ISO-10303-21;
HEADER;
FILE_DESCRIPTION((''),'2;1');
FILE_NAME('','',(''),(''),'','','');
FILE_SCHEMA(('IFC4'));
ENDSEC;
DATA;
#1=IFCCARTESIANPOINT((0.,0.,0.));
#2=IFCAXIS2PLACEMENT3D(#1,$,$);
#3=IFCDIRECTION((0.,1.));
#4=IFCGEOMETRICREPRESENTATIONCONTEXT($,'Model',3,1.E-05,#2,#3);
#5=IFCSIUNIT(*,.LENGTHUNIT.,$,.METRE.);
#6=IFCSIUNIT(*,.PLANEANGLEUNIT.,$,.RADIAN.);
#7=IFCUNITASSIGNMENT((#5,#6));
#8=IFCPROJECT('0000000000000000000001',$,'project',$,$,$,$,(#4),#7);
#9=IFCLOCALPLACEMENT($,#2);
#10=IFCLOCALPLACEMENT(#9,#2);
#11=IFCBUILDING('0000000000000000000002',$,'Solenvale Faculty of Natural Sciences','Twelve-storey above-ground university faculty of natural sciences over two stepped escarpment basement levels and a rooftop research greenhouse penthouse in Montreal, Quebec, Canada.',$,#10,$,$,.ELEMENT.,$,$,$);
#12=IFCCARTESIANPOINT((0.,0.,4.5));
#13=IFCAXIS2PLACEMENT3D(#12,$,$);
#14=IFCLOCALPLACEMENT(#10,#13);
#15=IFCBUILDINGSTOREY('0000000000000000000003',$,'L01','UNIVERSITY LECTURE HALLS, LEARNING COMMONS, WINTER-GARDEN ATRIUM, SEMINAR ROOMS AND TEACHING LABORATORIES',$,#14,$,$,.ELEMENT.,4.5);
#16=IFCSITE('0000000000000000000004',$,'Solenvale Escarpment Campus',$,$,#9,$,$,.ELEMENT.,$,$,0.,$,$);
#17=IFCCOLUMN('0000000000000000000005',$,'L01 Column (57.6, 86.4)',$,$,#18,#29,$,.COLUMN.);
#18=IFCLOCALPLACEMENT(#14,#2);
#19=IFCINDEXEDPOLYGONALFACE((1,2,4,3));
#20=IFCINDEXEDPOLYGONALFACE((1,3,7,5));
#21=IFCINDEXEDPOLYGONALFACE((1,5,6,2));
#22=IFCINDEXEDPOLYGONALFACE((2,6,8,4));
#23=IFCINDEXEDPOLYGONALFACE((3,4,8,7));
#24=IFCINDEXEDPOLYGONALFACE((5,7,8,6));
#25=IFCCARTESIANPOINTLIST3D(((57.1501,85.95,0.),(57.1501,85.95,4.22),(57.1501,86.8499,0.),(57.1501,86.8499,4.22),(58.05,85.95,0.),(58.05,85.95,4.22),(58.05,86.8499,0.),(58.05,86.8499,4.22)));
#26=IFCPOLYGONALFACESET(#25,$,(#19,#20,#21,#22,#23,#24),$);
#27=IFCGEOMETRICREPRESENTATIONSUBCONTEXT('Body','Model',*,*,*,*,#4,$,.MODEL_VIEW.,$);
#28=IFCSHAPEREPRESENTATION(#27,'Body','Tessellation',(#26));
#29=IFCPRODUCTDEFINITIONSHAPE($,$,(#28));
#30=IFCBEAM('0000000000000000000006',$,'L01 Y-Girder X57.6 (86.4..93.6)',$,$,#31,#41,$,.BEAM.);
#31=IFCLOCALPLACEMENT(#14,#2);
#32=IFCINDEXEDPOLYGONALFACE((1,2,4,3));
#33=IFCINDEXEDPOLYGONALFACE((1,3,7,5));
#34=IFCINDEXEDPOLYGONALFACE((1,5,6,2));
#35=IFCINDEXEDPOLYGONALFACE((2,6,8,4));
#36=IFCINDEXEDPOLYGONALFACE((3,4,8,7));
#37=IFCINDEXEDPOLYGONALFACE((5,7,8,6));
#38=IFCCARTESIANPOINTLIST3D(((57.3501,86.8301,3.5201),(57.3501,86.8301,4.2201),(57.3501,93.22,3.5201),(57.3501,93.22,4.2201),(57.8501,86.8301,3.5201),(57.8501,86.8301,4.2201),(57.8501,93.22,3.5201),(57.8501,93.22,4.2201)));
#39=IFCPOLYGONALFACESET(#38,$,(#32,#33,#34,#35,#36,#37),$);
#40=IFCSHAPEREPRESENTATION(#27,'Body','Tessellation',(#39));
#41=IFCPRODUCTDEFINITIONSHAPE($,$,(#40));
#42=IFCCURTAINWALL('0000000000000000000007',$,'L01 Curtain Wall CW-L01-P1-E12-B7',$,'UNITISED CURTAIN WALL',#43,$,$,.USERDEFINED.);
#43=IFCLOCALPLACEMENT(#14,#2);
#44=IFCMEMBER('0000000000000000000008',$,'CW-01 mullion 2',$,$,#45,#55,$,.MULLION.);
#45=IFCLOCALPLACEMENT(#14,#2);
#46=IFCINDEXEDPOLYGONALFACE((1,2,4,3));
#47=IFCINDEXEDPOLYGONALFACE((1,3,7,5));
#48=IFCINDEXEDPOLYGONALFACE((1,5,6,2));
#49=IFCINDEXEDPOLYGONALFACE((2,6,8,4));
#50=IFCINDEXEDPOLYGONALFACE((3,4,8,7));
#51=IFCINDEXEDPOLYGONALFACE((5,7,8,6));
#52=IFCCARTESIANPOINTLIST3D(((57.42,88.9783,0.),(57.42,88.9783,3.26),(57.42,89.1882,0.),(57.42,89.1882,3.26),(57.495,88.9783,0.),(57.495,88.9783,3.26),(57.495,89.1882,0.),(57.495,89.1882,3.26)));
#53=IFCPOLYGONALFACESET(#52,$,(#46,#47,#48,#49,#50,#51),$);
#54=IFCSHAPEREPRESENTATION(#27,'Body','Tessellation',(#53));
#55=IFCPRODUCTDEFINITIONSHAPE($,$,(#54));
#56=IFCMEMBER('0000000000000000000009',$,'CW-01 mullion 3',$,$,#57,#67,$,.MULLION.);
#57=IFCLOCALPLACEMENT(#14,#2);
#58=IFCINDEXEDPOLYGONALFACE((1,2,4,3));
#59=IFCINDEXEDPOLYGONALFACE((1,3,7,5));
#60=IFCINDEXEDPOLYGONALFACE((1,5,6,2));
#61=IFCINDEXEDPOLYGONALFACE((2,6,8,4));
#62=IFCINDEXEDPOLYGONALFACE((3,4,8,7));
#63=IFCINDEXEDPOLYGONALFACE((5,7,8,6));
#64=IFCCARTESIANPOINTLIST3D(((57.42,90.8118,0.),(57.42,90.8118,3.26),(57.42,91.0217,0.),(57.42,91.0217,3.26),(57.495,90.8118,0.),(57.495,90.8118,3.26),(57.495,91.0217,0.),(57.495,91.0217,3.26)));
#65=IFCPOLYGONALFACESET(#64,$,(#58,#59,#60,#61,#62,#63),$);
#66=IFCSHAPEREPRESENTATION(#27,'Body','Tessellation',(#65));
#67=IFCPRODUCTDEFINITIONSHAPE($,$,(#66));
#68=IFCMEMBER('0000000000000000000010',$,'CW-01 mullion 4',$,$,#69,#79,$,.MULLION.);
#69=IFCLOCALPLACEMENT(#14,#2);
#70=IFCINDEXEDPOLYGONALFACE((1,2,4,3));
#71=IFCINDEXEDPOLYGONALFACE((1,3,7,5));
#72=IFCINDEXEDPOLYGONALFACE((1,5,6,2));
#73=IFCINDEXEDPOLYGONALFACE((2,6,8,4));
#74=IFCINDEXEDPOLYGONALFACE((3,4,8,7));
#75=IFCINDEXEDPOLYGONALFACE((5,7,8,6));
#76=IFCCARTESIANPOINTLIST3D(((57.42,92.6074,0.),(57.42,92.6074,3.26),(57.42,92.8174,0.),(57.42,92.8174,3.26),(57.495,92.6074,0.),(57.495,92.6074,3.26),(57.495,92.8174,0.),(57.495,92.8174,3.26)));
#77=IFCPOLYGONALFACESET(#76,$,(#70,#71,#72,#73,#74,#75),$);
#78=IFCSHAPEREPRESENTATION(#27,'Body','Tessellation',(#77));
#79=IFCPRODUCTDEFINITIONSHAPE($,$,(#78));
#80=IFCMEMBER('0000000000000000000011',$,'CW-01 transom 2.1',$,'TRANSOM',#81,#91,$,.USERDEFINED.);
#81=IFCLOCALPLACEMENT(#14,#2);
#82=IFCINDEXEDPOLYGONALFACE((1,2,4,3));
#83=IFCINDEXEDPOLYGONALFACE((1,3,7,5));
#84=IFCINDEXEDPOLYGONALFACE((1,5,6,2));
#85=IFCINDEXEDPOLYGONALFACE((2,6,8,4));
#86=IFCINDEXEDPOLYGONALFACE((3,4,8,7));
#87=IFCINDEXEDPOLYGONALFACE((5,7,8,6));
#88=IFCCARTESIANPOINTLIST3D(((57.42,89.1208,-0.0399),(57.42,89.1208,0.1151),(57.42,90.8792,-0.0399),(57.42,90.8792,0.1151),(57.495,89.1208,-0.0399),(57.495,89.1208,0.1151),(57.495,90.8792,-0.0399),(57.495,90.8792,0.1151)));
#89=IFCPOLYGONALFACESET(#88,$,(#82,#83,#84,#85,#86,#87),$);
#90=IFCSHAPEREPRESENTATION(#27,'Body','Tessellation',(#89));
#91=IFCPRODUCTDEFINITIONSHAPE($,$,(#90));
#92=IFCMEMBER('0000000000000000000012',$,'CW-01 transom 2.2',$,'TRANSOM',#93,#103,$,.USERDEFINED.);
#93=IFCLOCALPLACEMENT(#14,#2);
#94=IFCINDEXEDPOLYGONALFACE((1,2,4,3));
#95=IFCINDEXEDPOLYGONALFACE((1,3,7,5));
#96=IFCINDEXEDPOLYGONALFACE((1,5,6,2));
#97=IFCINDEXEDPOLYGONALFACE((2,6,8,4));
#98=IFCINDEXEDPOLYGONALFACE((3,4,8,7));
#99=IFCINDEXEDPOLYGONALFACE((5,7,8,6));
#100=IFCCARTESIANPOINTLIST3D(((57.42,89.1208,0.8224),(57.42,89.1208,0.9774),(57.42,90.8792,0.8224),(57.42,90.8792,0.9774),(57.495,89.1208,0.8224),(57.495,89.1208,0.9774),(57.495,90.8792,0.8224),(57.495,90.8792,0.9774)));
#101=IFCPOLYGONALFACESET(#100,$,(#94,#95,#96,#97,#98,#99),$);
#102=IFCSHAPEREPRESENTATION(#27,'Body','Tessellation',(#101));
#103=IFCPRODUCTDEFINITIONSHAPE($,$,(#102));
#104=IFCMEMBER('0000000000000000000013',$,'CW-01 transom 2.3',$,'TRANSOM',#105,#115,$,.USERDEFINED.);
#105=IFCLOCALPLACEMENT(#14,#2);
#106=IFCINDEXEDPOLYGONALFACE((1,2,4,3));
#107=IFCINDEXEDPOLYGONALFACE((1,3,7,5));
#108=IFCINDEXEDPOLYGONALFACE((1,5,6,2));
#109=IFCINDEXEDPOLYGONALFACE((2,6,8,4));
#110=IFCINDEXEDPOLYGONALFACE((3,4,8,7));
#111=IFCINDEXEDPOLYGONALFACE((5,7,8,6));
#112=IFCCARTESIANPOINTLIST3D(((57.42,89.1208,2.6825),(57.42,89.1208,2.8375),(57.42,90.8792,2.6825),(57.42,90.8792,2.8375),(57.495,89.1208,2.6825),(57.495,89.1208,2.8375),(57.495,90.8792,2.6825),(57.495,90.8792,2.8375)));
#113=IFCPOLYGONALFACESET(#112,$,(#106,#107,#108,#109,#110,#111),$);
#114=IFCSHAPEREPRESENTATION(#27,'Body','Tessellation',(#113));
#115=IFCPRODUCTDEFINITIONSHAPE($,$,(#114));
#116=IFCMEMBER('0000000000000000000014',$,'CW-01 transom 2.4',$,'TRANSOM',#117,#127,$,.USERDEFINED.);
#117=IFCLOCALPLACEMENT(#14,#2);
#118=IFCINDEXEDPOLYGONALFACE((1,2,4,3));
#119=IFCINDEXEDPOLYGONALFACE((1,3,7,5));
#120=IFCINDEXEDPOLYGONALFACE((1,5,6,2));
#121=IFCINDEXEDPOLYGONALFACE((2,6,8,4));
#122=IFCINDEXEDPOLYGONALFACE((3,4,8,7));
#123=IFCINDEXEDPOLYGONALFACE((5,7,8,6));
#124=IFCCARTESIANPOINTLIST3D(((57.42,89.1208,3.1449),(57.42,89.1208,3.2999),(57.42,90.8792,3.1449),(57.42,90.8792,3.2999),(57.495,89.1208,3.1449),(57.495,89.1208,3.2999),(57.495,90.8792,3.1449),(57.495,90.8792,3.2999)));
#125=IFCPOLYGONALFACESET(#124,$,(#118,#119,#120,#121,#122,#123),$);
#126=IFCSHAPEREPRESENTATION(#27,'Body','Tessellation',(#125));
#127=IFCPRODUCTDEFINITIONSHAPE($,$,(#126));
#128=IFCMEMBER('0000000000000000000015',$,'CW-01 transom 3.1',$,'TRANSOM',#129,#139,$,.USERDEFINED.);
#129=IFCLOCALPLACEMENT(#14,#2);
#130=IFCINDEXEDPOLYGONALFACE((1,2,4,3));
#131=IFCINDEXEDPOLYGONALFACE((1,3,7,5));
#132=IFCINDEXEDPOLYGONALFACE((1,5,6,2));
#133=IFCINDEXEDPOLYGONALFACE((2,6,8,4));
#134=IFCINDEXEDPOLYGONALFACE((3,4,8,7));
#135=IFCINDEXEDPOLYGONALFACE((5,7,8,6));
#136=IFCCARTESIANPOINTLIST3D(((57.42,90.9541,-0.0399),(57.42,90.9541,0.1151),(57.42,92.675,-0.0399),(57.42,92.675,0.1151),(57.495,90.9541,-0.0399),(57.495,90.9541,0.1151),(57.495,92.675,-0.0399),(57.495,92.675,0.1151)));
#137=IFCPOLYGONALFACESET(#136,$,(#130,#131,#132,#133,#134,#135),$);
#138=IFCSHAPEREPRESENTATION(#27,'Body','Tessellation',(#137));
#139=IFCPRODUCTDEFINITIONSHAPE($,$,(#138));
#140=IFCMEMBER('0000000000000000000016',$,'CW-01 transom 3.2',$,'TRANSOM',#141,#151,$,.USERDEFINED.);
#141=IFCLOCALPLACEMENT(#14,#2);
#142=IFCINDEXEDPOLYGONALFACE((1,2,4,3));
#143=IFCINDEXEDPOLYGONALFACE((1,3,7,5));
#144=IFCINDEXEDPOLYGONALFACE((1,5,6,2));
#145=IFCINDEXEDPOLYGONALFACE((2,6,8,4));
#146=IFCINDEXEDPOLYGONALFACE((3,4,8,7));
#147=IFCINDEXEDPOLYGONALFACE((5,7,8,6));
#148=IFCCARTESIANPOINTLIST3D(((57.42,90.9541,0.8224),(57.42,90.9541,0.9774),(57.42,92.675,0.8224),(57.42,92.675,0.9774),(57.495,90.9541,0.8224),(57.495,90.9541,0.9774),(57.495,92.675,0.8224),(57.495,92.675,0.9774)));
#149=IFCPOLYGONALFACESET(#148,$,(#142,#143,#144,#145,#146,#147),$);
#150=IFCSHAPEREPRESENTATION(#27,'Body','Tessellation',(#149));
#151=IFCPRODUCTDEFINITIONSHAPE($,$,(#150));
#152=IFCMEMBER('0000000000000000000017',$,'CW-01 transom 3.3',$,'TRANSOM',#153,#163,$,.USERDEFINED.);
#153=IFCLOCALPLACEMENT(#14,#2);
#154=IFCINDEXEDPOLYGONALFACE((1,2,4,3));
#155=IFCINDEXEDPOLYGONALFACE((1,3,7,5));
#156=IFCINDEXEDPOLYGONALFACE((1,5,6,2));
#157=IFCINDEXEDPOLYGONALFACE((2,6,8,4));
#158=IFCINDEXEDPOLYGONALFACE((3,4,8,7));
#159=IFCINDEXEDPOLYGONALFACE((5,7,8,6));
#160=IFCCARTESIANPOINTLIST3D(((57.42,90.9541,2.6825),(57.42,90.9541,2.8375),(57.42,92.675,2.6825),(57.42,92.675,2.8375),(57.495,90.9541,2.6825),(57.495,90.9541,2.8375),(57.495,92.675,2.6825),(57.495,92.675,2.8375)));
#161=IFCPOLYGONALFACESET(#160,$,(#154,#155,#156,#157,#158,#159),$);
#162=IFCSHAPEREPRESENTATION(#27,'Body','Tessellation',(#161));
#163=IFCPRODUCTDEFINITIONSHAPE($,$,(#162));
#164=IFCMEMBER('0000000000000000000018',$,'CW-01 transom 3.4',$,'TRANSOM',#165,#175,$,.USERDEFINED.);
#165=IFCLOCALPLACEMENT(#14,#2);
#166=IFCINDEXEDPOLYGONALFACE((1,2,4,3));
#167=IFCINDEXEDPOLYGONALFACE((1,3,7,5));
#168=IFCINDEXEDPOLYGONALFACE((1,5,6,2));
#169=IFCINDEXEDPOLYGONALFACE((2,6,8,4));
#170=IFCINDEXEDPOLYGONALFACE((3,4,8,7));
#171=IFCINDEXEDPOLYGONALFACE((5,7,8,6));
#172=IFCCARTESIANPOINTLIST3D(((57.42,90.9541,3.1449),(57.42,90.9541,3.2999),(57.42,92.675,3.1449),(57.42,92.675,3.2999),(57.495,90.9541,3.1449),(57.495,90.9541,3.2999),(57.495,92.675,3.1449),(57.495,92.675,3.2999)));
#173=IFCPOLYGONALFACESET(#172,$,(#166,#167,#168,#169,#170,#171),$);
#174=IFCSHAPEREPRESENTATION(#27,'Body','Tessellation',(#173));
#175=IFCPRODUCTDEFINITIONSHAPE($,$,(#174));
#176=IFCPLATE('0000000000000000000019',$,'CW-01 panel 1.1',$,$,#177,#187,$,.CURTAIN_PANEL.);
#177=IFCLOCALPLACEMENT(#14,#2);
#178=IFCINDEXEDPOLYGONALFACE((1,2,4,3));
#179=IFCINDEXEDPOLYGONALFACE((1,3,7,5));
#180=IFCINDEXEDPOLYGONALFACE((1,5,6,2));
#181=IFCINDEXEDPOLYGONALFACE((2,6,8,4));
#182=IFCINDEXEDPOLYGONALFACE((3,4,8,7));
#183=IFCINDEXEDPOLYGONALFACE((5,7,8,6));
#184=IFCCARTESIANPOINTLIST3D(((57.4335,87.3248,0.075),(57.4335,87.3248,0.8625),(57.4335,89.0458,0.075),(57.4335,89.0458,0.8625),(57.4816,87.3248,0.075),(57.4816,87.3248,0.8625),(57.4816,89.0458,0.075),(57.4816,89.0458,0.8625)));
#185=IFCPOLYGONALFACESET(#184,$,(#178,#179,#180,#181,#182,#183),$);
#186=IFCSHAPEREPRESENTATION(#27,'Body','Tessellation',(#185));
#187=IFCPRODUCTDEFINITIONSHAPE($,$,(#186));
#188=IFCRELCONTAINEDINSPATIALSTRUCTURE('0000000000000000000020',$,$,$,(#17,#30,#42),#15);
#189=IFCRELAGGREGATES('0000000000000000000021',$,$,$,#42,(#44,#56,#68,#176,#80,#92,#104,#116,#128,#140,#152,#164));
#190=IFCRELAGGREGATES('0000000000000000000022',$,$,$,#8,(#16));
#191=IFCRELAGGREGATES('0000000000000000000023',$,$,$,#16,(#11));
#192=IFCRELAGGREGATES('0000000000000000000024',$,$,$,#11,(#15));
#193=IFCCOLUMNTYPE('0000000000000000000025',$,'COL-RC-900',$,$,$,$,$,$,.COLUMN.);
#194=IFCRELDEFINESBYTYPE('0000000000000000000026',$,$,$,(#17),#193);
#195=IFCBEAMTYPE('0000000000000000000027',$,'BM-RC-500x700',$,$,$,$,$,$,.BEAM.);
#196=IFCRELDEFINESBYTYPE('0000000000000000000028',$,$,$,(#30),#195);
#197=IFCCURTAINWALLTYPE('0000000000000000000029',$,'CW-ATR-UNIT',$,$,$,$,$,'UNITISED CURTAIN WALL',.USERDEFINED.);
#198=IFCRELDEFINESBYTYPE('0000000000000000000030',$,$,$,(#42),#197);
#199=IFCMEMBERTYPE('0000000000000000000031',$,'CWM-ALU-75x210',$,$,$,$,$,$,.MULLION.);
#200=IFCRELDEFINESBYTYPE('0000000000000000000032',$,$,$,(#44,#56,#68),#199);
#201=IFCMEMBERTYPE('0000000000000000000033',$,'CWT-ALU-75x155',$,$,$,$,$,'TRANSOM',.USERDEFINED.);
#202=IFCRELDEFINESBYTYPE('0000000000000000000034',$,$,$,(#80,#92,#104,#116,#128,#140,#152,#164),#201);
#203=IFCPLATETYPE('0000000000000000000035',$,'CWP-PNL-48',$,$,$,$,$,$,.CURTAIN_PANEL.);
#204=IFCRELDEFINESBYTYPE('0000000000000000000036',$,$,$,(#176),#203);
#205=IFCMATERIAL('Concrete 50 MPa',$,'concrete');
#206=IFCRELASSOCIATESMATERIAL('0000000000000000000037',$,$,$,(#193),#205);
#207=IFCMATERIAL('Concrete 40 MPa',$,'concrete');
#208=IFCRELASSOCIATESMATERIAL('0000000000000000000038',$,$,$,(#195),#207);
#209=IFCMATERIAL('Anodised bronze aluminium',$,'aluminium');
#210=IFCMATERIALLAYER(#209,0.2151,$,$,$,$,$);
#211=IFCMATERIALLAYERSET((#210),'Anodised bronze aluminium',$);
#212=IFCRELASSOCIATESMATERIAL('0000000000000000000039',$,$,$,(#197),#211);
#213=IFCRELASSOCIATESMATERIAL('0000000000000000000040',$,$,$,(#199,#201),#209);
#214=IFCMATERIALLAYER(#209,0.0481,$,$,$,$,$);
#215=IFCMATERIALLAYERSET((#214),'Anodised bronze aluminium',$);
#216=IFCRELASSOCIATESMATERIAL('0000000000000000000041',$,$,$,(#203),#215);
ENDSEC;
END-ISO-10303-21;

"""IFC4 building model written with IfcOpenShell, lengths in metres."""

from ifc_helpers import new_model, si_unit, direction, frame, origin, origin_2d, place, context, subcontext, project, spatial, rectangle, extrude, material, layer, layer_set, material_profile, profile_set, type_object, element, aggregate, save


model = new_model("IFC4")

# Units and contexts
model_context = context("Model", 3, precision=1e-05, world=origin(), true_north=direction((0.0, 1.0)))
body_context = subcontext(model_context, "Body", "Model", "MODEL_VIEW")
ifc_project = project(units=[si_unit("LENGTHUNIT", "METRE"), si_unit("PLANEANGLEUNIT", "RADIAN")], contexts=[model_context])

# Site, building, storey
site_placement = place(None, origin())
site = spatial("IfcSite", under=ifc_project, at=site_placement, Name="Solenvale Escarpment Campus", CompositionType="ELEMENT", RefElevation=0.0)
building_placement = place(site_placement, origin())
building = spatial("IfcBuilding", under=site, at=building_placement, Name="Solenvale Faculty of Natural Sciences", Description="Twelve-storey above-ground university faculty of natural sciences over two stepped escarpment basement levels and a rooftop research greenhouse penthouse in Montreal, Quebec, Canada.", CompositionType="ELEMENT")
storey_placement = place(building_placement, frame((0.0, 0.0, 4.5)))
storey = spatial("IfcBuildingStorey", under=building, at=storey_placement, Name="L01", Description="UNIVERSITY LECTURE HALLS, LEARNING COMMONS, WINTER-GARDEN ATRIUM, SEMINAR ROOMS AND TEACHING LABORATORIES", CompositionType="ELEMENT", Elevation=4.5)

# Column
ifc_material_1 = material(Name="Concrete 50 MPa", Category="concrete")
ifc_material_profile_1 = material_profile(ifc_material_1, rectangle(XDim=0.8999, YDim=0.8999, at=origin_2d()), Name="RC-COL-900x900")
ifc_profile_set_1 = profile_set([ifc_material_profile_1], Name="Concrete 50 MPa")
column_type = type_object("IfcColumnType", Name="COL-RC-900", PredefinedType="COLUMN", material=ifc_profile_set_1)
column_placement = place(storey_placement, frame((57.6001, 86.3999, 0.0), z_axis=(0.0, 0.0, 1.0), x_axis=(1.0, 0.0, 0.0)))
element("IfcColumn", 1, at=column_placement, inside=storey, type_object=column_type, Name="L01 Column (57.6, 86.4)", PredefinedType="COLUMN", context=body_context, shape_type="SweptSolid", body=[
    extrude(rectangle(XDim=0.8999, YDim=0.8999, at=origin_2d()), origin(), (0.0, 0.0, 1.0), 4.22),
])

# Beam
ifc_material_2 = material(Name="Concrete 40 MPa", Category="concrete")
ifc_material_profile_2 = material_profile(ifc_material_2, rectangle(XDim=0.5, YDim=0.7, at=origin_2d()), Name="RC-BM-500x700")
ifc_profile_set_2 = profile_set([ifc_material_profile_2], Name="Concrete 40 MPa")
beam_type = type_object("IfcBeamType", Name="BM-RC-500x700", PredefinedType="BEAM", material=ifc_profile_set_2)
beam_placement = place(storey_placement, frame((57.6001, 86.8301, 3.8701), z_axis=(0.0, 1.0, 0.0), x_axis=(-1.0, 0.0, 0.0)))
element("IfcBeam", 2, at=beam_placement, inside=storey, type_object=beam_type, Name="L01 Y-Girder X57.6 (86.4..93.6)", PredefinedType="BEAM", context=body_context, shape_type="SweptSolid", body=[
    extrude(rectangle(XDim=0.5, YDim=0.7, at=origin_2d()), origin(), (0.0, 0.0, 1.0), 6.3899),
])

# Curtain wall, members, plate
ifc_material_3 = material(Name="Anodised bronze aluminium", Category="aluminium")
ifc_layer_1 = layer(ifc_material_3, 0.2151)
ifc_layer_set_1 = layer_set([ifc_layer_1], Name="Anodised bronze aluminium")
curtain_wall_type = type_object("IfcCurtainWallType", Name="CW-ATR-UNIT", ElementType="UNITISED CURTAIN WALL", PredefinedType="USERDEFINED", material=ifc_layer_set_1)
curtain_wall_placement = place(storey_placement, origin())
curtain_wall = element("IfcCurtainWall", 3, at=curtain_wall_placement, inside=storey, type_object=curtain_wall_type, Name="L01 Curtain Wall CW-L01-P1-E12-B7", ObjectType="UNITISED CURTAIN WALL", PredefinedType="USERDEFINED")
ifc_material_profile_3 = material_profile(ifc_material_3, rectangle(XDim=0.075, YDim=0.21, at=origin_2d()), Name="ALU-MUL-75x210")
ifc_profile_set_3 = profile_set([ifc_material_profile_3], Name="Anodised bronze aluminium")
member_type_1 = type_object("IfcMemberType", Name="CWM-ALU-75x210", PredefinedType="MULLION", material=ifc_profile_set_3)
member_1_placement = place(storey_placement, frame((57.4575, 89.0833, 0.0), z_axis=(0.0, 0.0, 1.0), x_axis=(-1.0, 0.0, 0.0)))
member_1 = element("IfcMember", 4, at=member_1_placement, type_object=member_type_1, Name="CW-01 mullion 2", PredefinedType="MULLION", context=body_context, shape_type="SweptSolid", body=[
    extrude(rectangle(XDim=0.075, YDim=0.21, at=origin_2d()), origin(), (0.0, 0.0, 1.0), 3.26),
])
member_2_placement = place(storey_placement, frame((57.4575, 90.9167, 0.0), z_axis=(0.0, 0.0, 1.0), x_axis=(-1.0, 0.0, 0.0)))
member_2 = element("IfcMember", 5, at=member_2_placement, type_object=member_type_1, Name="CW-01 mullion 3", PredefinedType="MULLION", context=body_context, shape_type="SweptSolid", body=[
    extrude(rectangle(XDim=0.075, YDim=0.21, at=origin_2d()), origin(), (0.0, 0.0, 1.0), 3.26),
])
member_3_placement = place(storey_placement, frame((57.4575, 92.7124, 0.0), z_axis=(0.0, 0.0, 1.0), x_axis=(-1.0, 0.0, 0.0)))
member_3 = element("IfcMember", 6, at=member_3_placement, type_object=member_type_1, Name="CW-01 mullion 4", PredefinedType="MULLION", context=body_context, shape_type="SweptSolid", body=[
    extrude(rectangle(XDim=0.075, YDim=0.21, at=origin_2d()), origin(), (0.0, 0.0, 1.0), 3.26),
])
ifc_material_profile_4 = material_profile(ifc_material_3, rectangle(XDim=0.075, YDim=0.155, at=origin_2d()), Name="ALU-TRN-75x155")
ifc_profile_set_4 = profile_set([ifc_material_profile_4], Name="Anodised bronze aluminium")
member_type_2 = type_object("IfcMemberType", Name="CWT-ALU-75x155", ElementType="TRANSOM", PredefinedType="USERDEFINED", material=ifc_profile_set_4)
member_4_placement = place(storey_placement, frame((57.4575, 89.1208, 0.0376), z_axis=(0.0, 1.0, 0.0), x_axis=(-1.0, 0.0, 0.0)))
member_4 = element("IfcMember", 7, at=member_4_placement, type_object=member_type_2, Name="CW-01 transom 2.1", ObjectType="TRANSOM", PredefinedType="USERDEFINED", context=body_context, shape_type="SweptSolid", body=[
    extrude(rectangle(XDim=0.075, YDim=0.155, at=origin_2d()), origin(), (0.0, 0.0, 1.0), 1.7583),
])
member_5_placement = place(storey_placement, frame((57.4575, 89.1208, 0.8999), z_axis=(0.0, 1.0, 0.0), x_axis=(-1.0, 0.0, 0.0)))
member_5 = element("IfcMember", 8, at=member_5_placement, type_object=member_type_2, Name="CW-01 transom 2.2", ObjectType="TRANSOM", PredefinedType="USERDEFINED", context=body_context, shape_type="SweptSolid", body=[
    extrude(rectangle(XDim=0.075, YDim=0.155, at=origin_2d()), origin(), (0.0, 0.0, 1.0), 1.7583),
])
member_6_placement = place(storey_placement, frame((57.4575, 89.1208, 2.76), z_axis=(0.0, 1.0, 0.0), x_axis=(-1.0, 0.0, 0.0)))
member_6 = element("IfcMember", 9, at=member_6_placement, type_object=member_type_2, Name="CW-01 transom 2.3", ObjectType="TRANSOM", PredefinedType="USERDEFINED", context=body_context, shape_type="SweptSolid", body=[
    extrude(rectangle(XDim=0.075, YDim=0.155, at=origin_2d()), origin(), (0.0, 0.0, 1.0), 1.7583),
])
member_7_placement = place(storey_placement, frame((57.4575, 89.1208, 3.2224), z_axis=(0.0, 1.0, 0.0), x_axis=(-1.0, 0.0, 0.0)))
member_7 = element("IfcMember", 10, at=member_7_placement, type_object=member_type_2, Name="CW-01 transom 2.4", ObjectType="TRANSOM", PredefinedType="USERDEFINED", context=body_context, shape_type="SweptSolid", body=[
    extrude(rectangle(XDim=0.075, YDim=0.155, at=origin_2d()), origin(), (0.0, 0.0, 1.0), 1.7583),
])
member_8_placement = place(storey_placement, frame((57.4575, 90.9541, 0.0376), z_axis=(0.0, 1.0, 0.0), x_axis=(-1.0, 0.0, 0.0)))
member_8 = element("IfcMember", 11, at=member_8_placement, type_object=member_type_2, Name="CW-01 transom 3.1", ObjectType="TRANSOM", PredefinedType="USERDEFINED", context=body_context, shape_type="SweptSolid", body=[
    extrude(rectangle(XDim=0.075, YDim=0.155, at=origin_2d()), origin(), (0.0, 0.0, 1.0), 1.7209),
])
member_9_placement = place(storey_placement, frame((57.4575, 90.9541, 0.8999), z_axis=(0.0, 1.0, 0.0), x_axis=(-1.0, 0.0, 0.0)))
member_9 = element("IfcMember", 12, at=member_9_placement, type_object=member_type_2, Name="CW-01 transom 3.2", ObjectType="TRANSOM", PredefinedType="USERDEFINED", context=body_context, shape_type="SweptSolid", body=[
    extrude(rectangle(XDim=0.075, YDim=0.155, at=origin_2d()), origin(), (0.0, 0.0, 1.0), 1.7209),
])
member_10_placement = place(storey_placement, frame((57.4575, 90.9541, 2.76), z_axis=(0.0, 1.0, 0.0), x_axis=(-1.0, 0.0, 0.0)))
member_10 = element("IfcMember", 13, at=member_10_placement, type_object=member_type_2, Name="CW-01 transom 3.3", ObjectType="TRANSOM", PredefinedType="USERDEFINED", context=body_context, shape_type="SweptSolid", body=[
    extrude(rectangle(XDim=0.075, YDim=0.155, at=origin_2d()), origin(), (0.0, 0.0, 1.0), 1.7209),
])
member_11_placement = place(storey_placement, frame((57.4575, 90.9541, 3.2224), z_axis=(0.0, 1.0, 0.0), x_axis=(-1.0, 0.0, 0.0)))
member_11 = element("IfcMember", 14, at=member_11_placement, type_object=member_type_2, Name="CW-01 transom 3.4", ObjectType="TRANSOM", PredefinedType="USERDEFINED", context=body_context, shape_type="SweptSolid", body=[
    extrude(rectangle(XDim=0.075, YDim=0.155, at=origin_2d()), origin(), (0.0, 0.0, 1.0), 1.7209),
])
ifc_layer_2 = layer(ifc_material_3, 0.0481)
ifc_layer_set_2 = layer_set([ifc_layer_2], Name="Anodised bronze aluminium")
plate_type = type_object("IfcPlateType", Name="CWP-PNL-48", PredefinedType="CURTAIN_PANEL", material=ifc_layer_set_2)
plate_1_placement = place(storey_placement, frame((57.4575, 88.1853, 0.075), z_axis=(0.0, 0.0, 1.0), x_axis=(0.0, 1.0, 0.0)))
plate_1 = element("IfcPlate", 15, at=plate_1_placement, type_object=plate_type, Name="CW-01 panel 1.1", PredefinedType="CURTAIN_PANEL", context=body_context, shape_type="SweptSolid", body=[
    extrude(rectangle(XDim=1.7209, YDim=0.0481, at=origin_2d()), origin(), (0.0, 0.0, 1.0), 0.7876),
])
aggregate(curtain_wall, [member_1, member_2, member_3, plate_1, member_4, member_5, member_6, member_7, member_8, member_9, member_10, member_11])

save(model, "model.ifc")
